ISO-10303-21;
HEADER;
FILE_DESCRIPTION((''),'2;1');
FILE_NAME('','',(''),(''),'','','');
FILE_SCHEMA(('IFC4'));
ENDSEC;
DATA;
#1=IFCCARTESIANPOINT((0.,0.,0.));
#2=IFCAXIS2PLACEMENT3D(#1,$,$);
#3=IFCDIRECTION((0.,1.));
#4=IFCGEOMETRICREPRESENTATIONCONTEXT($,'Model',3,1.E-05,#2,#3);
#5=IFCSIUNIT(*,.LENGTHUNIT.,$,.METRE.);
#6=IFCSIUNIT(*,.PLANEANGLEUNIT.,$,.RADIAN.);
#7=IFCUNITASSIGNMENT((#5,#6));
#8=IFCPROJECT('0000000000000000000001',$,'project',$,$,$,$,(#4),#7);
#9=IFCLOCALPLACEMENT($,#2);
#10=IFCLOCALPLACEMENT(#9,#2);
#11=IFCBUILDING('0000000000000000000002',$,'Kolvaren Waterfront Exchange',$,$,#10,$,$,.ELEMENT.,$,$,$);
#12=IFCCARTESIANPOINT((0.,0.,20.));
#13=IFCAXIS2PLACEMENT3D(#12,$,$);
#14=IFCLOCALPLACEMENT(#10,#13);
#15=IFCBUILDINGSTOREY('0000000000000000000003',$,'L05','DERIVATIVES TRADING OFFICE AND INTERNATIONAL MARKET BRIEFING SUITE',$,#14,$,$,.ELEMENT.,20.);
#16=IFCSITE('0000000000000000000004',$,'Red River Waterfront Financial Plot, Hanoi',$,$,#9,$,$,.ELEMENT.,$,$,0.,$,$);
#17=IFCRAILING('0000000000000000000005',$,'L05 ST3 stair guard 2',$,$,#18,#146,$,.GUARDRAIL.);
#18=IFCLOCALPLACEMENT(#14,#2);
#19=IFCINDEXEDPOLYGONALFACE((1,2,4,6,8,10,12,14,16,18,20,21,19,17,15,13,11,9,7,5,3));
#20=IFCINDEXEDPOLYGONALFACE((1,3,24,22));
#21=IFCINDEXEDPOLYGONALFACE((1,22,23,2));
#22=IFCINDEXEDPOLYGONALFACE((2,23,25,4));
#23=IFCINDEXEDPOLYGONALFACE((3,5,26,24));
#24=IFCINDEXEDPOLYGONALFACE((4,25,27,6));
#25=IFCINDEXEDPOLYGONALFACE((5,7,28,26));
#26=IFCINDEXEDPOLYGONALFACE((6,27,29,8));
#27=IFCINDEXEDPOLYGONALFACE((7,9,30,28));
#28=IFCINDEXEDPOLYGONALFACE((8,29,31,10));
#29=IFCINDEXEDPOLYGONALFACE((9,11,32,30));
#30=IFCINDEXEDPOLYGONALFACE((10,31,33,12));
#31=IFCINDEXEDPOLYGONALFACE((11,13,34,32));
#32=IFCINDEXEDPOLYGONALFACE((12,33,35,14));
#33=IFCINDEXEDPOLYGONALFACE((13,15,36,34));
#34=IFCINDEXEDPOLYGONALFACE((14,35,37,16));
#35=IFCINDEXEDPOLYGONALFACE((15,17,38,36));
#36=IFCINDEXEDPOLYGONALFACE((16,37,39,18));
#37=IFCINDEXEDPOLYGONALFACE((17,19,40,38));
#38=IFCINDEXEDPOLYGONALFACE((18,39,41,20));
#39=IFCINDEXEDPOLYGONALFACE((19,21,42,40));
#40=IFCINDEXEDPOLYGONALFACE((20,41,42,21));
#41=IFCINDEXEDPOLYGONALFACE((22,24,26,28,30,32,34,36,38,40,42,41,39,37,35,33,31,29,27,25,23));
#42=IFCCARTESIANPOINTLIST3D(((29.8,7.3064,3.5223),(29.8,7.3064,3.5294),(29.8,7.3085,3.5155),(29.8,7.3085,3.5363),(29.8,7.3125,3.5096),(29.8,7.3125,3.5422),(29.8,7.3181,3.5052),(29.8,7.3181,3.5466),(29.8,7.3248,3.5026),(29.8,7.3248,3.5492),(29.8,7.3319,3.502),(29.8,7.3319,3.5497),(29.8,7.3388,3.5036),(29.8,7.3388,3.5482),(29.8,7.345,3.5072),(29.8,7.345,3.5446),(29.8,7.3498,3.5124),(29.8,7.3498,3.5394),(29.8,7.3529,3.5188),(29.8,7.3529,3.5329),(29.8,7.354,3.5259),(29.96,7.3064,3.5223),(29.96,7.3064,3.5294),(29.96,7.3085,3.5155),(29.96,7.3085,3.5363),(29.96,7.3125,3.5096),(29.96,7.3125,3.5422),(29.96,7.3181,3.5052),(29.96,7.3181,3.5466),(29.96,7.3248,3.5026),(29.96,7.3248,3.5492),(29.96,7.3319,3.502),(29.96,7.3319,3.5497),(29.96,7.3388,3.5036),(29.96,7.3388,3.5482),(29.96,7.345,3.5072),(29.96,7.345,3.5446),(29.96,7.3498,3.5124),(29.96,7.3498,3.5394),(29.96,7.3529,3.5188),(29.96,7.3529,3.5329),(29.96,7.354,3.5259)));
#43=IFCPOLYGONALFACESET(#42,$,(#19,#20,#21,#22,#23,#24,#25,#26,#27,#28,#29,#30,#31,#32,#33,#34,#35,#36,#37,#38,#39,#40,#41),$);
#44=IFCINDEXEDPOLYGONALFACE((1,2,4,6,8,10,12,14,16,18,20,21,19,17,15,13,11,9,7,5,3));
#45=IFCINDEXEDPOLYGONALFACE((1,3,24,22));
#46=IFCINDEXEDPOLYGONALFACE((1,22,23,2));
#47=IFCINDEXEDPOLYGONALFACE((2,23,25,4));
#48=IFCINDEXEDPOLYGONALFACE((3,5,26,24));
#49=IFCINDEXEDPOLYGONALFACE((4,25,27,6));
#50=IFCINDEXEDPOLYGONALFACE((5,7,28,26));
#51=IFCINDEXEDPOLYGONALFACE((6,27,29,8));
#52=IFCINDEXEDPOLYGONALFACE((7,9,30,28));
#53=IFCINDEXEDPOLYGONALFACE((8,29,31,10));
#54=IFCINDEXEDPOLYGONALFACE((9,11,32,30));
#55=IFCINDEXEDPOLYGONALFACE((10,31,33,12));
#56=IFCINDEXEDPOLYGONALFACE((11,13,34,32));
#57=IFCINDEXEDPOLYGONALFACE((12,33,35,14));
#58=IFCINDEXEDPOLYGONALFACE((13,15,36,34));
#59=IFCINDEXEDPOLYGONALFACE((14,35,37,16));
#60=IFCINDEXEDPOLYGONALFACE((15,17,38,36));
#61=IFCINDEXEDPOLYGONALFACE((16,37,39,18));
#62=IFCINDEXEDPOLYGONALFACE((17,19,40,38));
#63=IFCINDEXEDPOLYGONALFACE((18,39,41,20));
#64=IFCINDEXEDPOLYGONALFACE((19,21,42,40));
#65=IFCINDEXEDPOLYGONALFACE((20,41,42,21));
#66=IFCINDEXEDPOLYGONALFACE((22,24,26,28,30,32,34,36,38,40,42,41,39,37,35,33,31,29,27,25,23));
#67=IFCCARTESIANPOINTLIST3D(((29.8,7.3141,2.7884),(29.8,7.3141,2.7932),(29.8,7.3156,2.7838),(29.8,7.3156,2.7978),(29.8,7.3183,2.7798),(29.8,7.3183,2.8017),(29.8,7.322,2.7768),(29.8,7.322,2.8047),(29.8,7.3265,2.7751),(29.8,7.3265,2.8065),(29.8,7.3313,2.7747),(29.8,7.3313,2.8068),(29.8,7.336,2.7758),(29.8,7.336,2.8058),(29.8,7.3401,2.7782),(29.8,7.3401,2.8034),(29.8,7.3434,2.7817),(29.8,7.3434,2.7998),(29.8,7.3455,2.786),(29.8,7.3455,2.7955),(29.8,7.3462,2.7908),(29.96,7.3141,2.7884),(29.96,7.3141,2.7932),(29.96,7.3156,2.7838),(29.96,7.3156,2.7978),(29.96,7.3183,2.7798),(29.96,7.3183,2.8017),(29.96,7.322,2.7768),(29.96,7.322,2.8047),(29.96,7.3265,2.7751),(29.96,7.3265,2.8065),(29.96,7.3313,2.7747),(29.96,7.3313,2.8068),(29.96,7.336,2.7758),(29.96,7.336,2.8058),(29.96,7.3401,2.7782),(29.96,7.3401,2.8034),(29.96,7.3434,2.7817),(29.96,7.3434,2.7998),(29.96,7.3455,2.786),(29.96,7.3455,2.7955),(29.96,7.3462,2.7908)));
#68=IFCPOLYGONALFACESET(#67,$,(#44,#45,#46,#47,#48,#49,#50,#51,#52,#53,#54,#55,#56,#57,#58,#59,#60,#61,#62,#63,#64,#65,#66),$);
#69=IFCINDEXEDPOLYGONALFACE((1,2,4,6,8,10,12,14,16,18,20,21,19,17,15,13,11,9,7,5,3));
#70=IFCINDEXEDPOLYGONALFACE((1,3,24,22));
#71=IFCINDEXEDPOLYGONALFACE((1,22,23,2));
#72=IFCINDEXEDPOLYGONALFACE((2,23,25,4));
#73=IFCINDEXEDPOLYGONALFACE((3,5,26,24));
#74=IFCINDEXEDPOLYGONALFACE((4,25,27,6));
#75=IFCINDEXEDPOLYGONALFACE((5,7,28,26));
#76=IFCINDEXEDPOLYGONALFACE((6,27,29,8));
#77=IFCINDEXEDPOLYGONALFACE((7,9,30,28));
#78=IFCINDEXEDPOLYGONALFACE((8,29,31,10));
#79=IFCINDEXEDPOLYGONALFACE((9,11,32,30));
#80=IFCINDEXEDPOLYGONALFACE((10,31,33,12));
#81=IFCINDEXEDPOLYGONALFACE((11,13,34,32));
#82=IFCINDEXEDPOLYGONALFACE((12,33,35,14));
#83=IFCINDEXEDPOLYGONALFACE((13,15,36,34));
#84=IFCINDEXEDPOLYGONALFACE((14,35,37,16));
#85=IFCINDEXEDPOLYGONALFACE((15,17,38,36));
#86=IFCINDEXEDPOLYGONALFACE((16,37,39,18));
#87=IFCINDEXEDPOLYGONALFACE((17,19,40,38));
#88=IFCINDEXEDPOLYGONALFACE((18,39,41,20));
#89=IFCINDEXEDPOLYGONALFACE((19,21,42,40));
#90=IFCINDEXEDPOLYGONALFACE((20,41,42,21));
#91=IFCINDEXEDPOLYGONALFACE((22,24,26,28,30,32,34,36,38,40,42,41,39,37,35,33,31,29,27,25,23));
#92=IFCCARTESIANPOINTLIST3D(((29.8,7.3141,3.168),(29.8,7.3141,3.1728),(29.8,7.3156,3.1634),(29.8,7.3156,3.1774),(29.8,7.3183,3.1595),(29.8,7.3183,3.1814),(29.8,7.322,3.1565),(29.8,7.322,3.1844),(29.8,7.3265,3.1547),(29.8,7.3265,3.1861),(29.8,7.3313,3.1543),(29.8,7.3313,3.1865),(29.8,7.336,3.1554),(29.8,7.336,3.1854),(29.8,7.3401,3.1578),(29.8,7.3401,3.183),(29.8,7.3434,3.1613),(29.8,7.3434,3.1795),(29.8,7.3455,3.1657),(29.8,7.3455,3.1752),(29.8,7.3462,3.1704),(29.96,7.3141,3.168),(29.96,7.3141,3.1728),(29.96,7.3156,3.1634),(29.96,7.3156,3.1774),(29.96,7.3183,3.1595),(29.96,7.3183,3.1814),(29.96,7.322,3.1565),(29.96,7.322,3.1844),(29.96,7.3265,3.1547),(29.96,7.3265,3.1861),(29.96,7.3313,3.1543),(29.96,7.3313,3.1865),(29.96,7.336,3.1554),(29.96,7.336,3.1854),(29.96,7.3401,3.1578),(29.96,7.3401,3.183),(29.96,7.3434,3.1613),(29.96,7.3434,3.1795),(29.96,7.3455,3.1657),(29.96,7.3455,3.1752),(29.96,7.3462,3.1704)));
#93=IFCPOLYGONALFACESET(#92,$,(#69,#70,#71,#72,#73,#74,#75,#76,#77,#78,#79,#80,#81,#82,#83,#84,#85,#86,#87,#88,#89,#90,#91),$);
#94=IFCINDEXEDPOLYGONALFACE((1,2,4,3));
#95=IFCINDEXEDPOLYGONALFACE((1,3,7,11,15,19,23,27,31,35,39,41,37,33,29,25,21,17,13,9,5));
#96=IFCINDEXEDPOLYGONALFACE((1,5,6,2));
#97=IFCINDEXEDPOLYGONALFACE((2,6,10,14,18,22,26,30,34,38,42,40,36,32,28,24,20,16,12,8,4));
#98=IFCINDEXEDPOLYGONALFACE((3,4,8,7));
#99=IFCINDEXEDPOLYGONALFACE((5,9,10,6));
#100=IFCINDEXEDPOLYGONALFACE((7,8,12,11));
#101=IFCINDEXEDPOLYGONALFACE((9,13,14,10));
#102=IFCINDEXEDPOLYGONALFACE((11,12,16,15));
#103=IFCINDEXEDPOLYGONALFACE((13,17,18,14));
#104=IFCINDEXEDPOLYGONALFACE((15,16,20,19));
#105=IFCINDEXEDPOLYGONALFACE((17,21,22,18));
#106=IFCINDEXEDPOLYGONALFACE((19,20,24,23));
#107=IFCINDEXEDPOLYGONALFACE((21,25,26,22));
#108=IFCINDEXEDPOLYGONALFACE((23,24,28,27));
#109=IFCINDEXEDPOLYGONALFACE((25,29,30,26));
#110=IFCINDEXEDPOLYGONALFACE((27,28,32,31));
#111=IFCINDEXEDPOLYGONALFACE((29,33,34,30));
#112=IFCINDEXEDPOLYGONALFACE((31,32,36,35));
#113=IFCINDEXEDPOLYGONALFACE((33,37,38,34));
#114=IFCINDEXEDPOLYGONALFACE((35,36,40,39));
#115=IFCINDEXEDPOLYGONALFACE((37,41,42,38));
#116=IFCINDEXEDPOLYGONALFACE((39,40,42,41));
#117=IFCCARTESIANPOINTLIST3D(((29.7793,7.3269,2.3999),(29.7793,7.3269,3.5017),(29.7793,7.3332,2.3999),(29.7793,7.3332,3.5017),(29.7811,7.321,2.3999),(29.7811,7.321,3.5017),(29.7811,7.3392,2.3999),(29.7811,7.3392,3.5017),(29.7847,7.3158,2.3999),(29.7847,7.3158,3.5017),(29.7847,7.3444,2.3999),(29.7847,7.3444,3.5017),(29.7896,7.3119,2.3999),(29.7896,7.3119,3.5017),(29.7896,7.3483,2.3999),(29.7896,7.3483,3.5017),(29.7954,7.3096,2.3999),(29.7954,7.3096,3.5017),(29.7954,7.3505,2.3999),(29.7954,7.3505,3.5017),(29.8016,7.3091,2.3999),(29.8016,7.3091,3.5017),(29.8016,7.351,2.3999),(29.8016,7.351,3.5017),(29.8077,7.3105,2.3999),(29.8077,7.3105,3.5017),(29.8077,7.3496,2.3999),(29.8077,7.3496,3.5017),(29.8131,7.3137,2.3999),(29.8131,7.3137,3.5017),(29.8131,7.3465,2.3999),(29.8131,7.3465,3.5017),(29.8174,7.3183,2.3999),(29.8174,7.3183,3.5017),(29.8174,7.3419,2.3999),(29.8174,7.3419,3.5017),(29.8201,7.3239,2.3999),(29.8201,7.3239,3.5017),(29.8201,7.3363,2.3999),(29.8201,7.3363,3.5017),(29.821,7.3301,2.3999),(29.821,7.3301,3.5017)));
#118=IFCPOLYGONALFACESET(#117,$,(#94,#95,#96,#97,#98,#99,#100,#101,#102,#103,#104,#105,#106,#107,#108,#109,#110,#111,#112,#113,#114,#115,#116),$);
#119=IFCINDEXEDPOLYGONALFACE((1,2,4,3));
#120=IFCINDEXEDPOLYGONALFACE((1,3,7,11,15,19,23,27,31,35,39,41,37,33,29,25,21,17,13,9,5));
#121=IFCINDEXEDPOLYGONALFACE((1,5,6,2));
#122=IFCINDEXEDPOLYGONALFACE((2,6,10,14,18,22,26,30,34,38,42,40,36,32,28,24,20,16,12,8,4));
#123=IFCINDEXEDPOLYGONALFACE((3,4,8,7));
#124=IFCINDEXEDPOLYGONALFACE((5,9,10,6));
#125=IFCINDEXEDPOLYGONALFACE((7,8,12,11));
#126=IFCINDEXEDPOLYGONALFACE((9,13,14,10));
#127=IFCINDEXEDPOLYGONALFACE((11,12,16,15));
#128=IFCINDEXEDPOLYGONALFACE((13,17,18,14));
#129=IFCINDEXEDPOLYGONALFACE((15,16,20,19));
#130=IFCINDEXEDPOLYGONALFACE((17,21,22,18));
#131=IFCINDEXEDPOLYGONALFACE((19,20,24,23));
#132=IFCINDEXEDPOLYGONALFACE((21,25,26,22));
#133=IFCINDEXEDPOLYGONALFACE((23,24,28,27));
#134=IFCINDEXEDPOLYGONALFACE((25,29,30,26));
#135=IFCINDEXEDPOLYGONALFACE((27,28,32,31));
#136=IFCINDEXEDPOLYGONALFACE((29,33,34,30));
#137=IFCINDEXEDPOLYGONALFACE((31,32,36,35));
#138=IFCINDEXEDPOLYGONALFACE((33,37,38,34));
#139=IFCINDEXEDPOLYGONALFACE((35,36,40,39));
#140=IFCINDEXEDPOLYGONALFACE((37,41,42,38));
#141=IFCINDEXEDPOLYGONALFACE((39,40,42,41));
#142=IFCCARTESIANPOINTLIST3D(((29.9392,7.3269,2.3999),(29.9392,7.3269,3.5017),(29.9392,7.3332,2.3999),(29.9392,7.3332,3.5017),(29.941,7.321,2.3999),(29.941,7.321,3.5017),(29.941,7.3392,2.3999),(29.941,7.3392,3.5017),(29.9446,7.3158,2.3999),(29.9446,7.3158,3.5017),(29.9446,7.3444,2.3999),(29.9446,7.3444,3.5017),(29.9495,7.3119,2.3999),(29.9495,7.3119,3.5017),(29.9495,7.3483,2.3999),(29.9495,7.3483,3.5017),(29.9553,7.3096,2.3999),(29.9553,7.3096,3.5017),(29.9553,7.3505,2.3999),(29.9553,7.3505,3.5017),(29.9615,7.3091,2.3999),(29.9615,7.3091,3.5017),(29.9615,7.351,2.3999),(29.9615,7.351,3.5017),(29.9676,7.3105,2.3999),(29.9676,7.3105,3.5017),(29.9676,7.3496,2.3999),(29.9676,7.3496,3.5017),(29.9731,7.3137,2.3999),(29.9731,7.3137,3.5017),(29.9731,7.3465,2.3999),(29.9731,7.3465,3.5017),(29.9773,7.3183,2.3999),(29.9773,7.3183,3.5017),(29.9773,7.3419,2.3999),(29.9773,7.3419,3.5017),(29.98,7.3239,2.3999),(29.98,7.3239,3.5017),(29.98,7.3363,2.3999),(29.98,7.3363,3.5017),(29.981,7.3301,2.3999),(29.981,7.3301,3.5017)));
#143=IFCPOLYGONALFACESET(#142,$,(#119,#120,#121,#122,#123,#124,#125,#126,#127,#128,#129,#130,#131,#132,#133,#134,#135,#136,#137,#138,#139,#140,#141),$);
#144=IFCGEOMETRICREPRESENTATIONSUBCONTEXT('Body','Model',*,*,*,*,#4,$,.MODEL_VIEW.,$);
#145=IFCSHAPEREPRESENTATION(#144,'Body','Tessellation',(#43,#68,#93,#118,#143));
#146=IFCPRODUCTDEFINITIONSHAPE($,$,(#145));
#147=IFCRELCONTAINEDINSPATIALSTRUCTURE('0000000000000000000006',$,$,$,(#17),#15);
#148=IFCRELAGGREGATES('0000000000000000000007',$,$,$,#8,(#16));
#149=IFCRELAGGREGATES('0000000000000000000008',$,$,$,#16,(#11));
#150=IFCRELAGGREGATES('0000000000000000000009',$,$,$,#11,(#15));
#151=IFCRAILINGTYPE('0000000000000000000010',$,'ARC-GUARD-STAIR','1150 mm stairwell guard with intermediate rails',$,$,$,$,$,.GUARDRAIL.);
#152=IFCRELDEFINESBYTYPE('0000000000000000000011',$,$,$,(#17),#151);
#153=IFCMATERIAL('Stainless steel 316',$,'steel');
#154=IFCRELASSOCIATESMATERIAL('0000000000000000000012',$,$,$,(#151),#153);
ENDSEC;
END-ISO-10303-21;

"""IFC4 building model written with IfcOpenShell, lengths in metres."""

from ifc_helpers import new_model, si_unit, direction, frame, origin, origin_2d, place, context, subcontext, project, spatial, circle, extrude, material, type_object, element, save


model = new_model("IFC4")

# Units and contexts
model_context = context("Model", 3, precision=1e-05, world=origin(), true_north=direction((0.0, 1.0)))
body_context = subcontext(model_context, "Body", "Model", "MODEL_VIEW")
ifc_project = project(units=[si_unit("LENGTHUNIT", "METRE"), si_unit("PLANEANGLEUNIT", "RADIAN")], contexts=[model_context])

# Site, building, storey
site_placement = place(None, origin())
site = spatial("IfcSite", under=ifc_project, at=site_placement, Name="Red River Waterfront Financial Plot, Hanoi", CompositionType="ELEMENT", RefElevation=0.0)
building_placement = place(site_placement, origin())
building = spatial("IfcBuilding", under=site, at=building_placement, Name="Kolvaren Waterfront Exchange", CompositionType="ELEMENT")
storey_placement = place(building_placement, frame((0.0, 0.0, 20.0)))
storey = spatial("IfcBuildingStorey", under=building, at=storey_placement, Name="L05", Description="DERIVATIVES TRADING OFFICE AND INTERNATIONAL MARKET BRIEFING SUITE", CompositionType="ELEMENT", Elevation=20.0)

# Railing
ifc_material_1 = material(Name="Stainless steel 316", Category="steel")
railing_type_1 = type_object("IfcRailingType", Name="ARC-GUARD-STAIR", Description="1150 mm stairwell guard with intermediate rails", PredefinedType="GUARDRAIL", material=ifc_material_1)
railing_1_placement = place(storey_placement, frame((29.8, 7.3301, 2.3999)))
element("IfcRailing", 1, at=railing_1_placement, inside=storey, type_object=railing_type_1, Name="L05 ST3 stair guard 2", PredefinedType="GUARDRAIL", context=body_context, shape_type="SweptSolid", body=[
    extrude(circle(Radius=0.0239, at=origin_2d()), frame((0.0, 0.0, 1.126), z_axis=(1.0, 0.0, 0.0), x_axis=(0.0, 1.0, 0.0)), (0.0, 0.0, 1.0), 0.1599),
    extrude(circle(Radius=0.0161, at=origin_2d()), frame((0.0, 0.0, 0.3909), z_axis=(1.0, 0.0, 0.0), x_axis=(0.0, 1.0, 0.0)), (0.0, 0.0, 1.0), 0.1599),
    extrude(circle(Radius=0.0161, at=origin_2d()), frame((0.0, 0.0, 0.7705), z_axis=(1.0, 0.0, 0.0), x_axis=(0.0, 1.0, 0.0)), (0.0, 0.0, 1.0), 0.1599),
    extrude(circle(Radius=0.021, at=origin_2d()), origin(), (0.0, 0.0, 1.0), 1.1018),
    extrude(circle(Radius=0.021, at=origin_2d()), frame((0.1599, 0.0, 0.0)), (0.0, 0.0, 1.0), 1.1018),
])

save(model, "model.ifc")
